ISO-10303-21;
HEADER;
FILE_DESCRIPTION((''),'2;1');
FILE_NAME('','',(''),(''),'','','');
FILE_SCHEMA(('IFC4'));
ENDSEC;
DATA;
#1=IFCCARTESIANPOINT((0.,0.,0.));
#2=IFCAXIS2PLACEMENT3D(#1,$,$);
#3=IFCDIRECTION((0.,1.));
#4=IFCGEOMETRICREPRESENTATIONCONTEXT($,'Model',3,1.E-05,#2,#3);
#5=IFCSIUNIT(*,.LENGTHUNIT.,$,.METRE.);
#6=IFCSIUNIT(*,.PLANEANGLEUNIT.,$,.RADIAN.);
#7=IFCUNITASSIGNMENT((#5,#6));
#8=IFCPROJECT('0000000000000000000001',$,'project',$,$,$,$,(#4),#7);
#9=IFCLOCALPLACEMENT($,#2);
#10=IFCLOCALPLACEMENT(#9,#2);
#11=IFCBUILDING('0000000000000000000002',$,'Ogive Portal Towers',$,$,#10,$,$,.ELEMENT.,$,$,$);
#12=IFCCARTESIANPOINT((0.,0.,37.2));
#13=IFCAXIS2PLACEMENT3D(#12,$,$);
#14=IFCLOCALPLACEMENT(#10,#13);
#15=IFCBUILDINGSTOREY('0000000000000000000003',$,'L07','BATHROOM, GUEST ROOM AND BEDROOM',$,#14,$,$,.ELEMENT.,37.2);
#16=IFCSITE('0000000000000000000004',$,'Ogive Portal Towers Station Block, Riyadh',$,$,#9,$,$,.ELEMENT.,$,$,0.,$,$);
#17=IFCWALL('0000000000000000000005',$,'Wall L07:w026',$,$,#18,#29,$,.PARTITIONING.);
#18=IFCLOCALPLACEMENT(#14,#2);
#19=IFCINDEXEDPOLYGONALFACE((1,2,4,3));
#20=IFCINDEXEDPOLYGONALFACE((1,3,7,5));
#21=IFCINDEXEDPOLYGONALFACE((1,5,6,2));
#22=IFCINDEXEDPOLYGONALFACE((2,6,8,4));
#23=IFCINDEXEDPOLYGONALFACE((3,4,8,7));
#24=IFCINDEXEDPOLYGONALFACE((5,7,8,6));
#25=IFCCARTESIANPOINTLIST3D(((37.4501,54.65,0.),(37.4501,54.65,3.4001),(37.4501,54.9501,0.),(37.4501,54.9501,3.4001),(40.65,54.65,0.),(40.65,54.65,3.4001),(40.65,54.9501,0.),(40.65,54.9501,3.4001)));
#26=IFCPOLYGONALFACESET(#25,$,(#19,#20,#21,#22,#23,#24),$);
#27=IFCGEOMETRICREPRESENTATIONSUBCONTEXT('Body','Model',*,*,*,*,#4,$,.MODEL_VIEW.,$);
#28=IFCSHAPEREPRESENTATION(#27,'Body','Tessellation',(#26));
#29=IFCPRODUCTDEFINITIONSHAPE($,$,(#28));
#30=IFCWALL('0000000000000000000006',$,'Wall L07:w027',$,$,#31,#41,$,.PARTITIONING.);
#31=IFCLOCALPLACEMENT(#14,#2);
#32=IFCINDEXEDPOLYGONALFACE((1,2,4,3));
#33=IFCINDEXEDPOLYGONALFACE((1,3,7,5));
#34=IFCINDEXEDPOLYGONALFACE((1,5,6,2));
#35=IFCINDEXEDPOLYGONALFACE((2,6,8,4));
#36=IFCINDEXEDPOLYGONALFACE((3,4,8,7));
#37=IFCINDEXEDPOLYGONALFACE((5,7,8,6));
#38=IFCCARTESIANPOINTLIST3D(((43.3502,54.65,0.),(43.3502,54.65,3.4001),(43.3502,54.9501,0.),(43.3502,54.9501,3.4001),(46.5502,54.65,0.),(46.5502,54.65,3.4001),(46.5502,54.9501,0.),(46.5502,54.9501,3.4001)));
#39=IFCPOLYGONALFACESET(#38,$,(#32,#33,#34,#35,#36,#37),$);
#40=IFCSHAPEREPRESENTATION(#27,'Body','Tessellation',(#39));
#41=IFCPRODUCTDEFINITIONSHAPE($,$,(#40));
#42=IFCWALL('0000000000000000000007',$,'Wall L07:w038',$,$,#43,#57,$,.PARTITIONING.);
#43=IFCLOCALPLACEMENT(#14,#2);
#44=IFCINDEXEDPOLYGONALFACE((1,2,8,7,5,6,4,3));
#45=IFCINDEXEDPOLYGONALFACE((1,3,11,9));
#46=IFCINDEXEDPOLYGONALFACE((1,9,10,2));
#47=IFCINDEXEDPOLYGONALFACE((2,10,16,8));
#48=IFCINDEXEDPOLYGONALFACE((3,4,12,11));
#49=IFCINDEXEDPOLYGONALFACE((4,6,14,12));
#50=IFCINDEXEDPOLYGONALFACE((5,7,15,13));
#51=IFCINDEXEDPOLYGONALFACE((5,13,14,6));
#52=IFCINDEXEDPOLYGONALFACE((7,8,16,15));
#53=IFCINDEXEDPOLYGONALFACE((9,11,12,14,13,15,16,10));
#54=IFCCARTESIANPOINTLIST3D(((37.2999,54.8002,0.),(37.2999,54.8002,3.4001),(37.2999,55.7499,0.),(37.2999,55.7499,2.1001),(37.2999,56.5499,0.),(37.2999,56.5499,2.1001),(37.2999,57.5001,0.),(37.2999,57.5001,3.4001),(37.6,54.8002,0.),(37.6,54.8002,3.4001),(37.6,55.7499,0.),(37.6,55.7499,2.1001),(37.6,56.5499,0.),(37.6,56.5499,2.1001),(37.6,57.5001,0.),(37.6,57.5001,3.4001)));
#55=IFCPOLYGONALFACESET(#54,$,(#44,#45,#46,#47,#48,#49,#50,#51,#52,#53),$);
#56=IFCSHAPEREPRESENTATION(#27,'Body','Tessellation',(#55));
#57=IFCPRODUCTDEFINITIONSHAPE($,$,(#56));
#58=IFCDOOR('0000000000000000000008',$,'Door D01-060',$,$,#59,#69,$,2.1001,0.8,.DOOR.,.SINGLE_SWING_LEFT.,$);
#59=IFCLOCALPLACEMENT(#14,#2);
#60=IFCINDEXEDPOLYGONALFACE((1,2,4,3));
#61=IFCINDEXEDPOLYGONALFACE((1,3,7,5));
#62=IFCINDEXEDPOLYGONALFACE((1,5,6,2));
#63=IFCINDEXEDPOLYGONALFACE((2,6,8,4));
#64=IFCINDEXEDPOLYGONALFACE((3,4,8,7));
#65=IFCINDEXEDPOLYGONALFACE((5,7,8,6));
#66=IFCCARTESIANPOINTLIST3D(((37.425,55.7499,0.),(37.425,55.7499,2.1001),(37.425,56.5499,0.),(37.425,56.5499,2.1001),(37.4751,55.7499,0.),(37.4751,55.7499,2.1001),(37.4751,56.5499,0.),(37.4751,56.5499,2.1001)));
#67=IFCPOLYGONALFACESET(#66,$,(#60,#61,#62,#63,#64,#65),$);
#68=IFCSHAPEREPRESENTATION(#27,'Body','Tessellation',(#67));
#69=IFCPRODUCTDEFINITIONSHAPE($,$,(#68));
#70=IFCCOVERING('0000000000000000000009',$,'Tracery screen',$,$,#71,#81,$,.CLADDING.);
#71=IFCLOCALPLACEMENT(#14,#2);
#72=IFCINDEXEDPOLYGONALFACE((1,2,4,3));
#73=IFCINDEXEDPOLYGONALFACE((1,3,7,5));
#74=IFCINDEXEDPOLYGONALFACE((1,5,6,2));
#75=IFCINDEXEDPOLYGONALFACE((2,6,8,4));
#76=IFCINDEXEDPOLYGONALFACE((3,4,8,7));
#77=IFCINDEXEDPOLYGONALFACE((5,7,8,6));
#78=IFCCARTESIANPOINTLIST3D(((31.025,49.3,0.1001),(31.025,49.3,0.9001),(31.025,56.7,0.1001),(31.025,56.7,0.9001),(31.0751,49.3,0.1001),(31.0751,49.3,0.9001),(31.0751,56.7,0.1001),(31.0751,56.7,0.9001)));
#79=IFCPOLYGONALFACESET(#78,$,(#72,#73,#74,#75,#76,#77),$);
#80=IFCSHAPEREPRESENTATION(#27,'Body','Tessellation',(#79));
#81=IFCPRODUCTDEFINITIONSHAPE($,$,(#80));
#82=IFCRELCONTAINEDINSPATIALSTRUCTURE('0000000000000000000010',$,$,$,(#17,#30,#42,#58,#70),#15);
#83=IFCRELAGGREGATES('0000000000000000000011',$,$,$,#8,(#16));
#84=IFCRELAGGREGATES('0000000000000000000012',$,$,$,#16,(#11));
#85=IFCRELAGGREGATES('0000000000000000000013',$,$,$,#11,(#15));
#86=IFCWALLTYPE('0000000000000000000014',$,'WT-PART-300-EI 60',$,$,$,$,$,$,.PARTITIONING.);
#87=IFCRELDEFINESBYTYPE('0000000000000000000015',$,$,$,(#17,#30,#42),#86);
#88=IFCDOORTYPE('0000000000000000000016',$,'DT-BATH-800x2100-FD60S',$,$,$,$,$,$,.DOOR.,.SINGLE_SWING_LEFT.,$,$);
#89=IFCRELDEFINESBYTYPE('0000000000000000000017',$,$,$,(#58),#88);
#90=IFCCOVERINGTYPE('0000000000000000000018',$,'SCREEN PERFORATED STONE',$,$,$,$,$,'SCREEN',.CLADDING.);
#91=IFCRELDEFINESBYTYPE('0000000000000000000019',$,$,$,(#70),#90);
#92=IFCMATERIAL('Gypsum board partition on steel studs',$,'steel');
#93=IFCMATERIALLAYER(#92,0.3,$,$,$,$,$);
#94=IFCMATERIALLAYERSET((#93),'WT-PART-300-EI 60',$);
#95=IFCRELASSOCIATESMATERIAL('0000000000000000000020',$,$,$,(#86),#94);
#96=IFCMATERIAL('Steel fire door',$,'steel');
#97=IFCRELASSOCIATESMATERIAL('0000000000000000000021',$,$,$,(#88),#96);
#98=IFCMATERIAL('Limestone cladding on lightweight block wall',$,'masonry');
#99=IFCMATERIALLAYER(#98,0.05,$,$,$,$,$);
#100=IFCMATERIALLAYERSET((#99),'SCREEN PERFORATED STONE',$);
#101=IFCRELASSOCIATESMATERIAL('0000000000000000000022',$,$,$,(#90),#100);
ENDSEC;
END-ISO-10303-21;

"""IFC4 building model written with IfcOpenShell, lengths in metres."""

from ifc_helpers import new_model, si_unit, direction, frame, frame_2d, origin, origin_2d, place, context, subcontext, project, spatial, rectangle, extrude, material, layer, layer_set, type_object, element, fill, save


model = new_model("IFC4")

# Units and contexts
model_context = context("Model", 3, precision=1e-05, world=origin(), true_north=direction((0.0, 1.0)))
body_context = subcontext(model_context, "Body", "Model", "MODEL_VIEW")
ifc_project = project(units=[si_unit("LENGTHUNIT", "METRE"), si_unit("PLANEANGLEUNIT", "RADIAN")], contexts=[model_context])

# Site, building, storey
site_placement = place(None, origin())
site = spatial("IfcSite", under=ifc_project, at=site_placement, Name="Ogive Portal Towers Station Block, Riyadh", CompositionType="ELEMENT", RefElevation=0.0)
building_placement = place(site_placement, origin())
building = spatial("IfcBuilding", under=site, at=building_placement, Name="Ogive Portal Towers", CompositionType="ELEMENT")
storey_placement = place(building_placement, frame((0.0, 0.0, 37.2)))
storey = spatial("IfcBuildingStorey", under=building, at=storey_placement, Name="L07", Description="BATHROOM, GUEST ROOM AND BEDROOM", CompositionType="ELEMENT", Elevation=37.2)

# Shared definitions
ifc_material_1 = material(Name="Limestone cladding on lightweight block wall", Category="masonry")

# Walls
ifc_material_2 = material(Name="Gypsum board partition on steel studs", Category="steel")
ifc_layer_1 = layer(ifc_material_2, 0.3)
ifc_layer_set_1 = layer_set([ifc_layer_1], Name="WT-PART-300-EI 60")
wall_type_1 = type_object("IfcWallType", Name="WT-PART-300-EI 60", PredefinedType="PARTITIONING", material=ifc_layer_set_1)
for number, where, z_axis, x_axis, name in (
    (1, (37.45, 54.8, 0.0), (0.0, 0.0, 1.0), (1.0, 0.0, 0.0), "Wall L07:w026"),
    (2, (43.3501, 54.8, 0.0), (0.0, 0.0, 1.0), (1.0, 0.0, 0.0), "Wall L07:w027"),
):
    element("IfcWall", number, at=place(storey_placement, frame(where, z_axis=z_axis, x_axis=x_axis)), inside=storey, type_object=wall_type_1, Name=name, PredefinedType="PARTITIONING", context=body_context, shape_type="SweptSolid", body=[
        extrude(rectangle(XDim=3.2, YDim=0.3, at=frame_2d((1.6001, 0.0))), origin(), (0.0, 0.0, 1.0), 3.4001),
    ])

# Wall, opening, door
wall_1_placement = place(storey_placement, frame((37.45, 54.8, 0.0), z_axis=(0.0, 0.0, 1.0), x_axis=(0.0, 1.0, 0.0)))
wall_1 = element("IfcWall", 3, at=wall_1_placement, inside=storey, type_object=wall_type_1, Name="Wall L07:w038", PredefinedType="PARTITIONING", context=body_context, shape_type="SweptSolid", body=[
    extrude(rectangle(XDim=2.7, YDim=0.3, at=frame_2d((1.3501, 0.0))), origin(), (0.0, 0.0, 1.0), 3.4001),
])
opening_1_placement = place(wall_1_placement, frame((0.95, 0.0, 0.0)))
opening_1 = element("IfcOpeningElement", 4, at=opening_1_placement, cuts=wall_1, PredefinedType="OPENING", context=body_context, shape_type="SweptSolid", body=[
    extrude(rectangle(XDim=0.8, YDim=2.1001, at=frame_2d((0.3999, 1.05))), frame((0.0, 0.1602, 0.0), z_axis=(0.0, -1.0, 0.0), x_axis=(1.0, 0.0, 0.0)), (0.0, 0.0, 1.0), 0.3201),
])
ifc_material_3 = material(Name="Steel fire door", Category="steel")
door_type = type_object("IfcDoorType", Name="DT-BATH-800x2100-FD60S", OperationType="SINGLE_SWING_LEFT", PredefinedType="DOOR", material=ifc_material_3)
door_placement = place(opening_1_placement, origin())
door = element("IfcDoor", 5, at=door_placement, inside=storey, type_object=door_type, Name="Door D01-060", OperationType="SINGLE_SWING_LEFT", OverallHeight=2.1001, OverallWidth=0.8, PredefinedType="DOOR", context=body_context, shape_type="SweptSolid", body=[
    extrude(rectangle(XDim=0.8, YDim=2.1001, at=frame_2d((0.3999, 1.05))), frame((0.0, 0.0249, 0.0), z_axis=(0.0, -1.0, 0.0), x_axis=(1.0, 0.0, 0.0)), (0.0, 0.0, 1.0), 0.05),
])
fill(opening_1, door)

# Covering
ifc_layer_2 = layer(ifc_material_1, 0.05)
ifc_layer_set_2 = layer_set([ifc_layer_2], Name="SCREEN PERFORATED STONE")
covering_type = type_object("IfcCoveringType", Name="SCREEN PERFORATED STONE", ElementType="SCREEN", PredefinedType="CLADDING", material=ifc_layer_set_2)
covering_placement = place(storey_placement, frame((31.05, 53.0, 0.1001), z_axis=(0.0, 0.0, 1.0), x_axis=(0.0, -1.0, 0.0)))
element("IfcCovering", 6, at=covering_placement, inside=storey, type_object=covering_type, Name="Tracery screen", PredefinedType="CLADDING", context=body_context, shape_type="SweptSolid", body=[
    extrude(rectangle(XDim=7.3999, YDim=0.05, at=origin_2d()), origin(), (0.0, 0.0, 1.0), 0.8),
])

save(model, "model.ifc")
